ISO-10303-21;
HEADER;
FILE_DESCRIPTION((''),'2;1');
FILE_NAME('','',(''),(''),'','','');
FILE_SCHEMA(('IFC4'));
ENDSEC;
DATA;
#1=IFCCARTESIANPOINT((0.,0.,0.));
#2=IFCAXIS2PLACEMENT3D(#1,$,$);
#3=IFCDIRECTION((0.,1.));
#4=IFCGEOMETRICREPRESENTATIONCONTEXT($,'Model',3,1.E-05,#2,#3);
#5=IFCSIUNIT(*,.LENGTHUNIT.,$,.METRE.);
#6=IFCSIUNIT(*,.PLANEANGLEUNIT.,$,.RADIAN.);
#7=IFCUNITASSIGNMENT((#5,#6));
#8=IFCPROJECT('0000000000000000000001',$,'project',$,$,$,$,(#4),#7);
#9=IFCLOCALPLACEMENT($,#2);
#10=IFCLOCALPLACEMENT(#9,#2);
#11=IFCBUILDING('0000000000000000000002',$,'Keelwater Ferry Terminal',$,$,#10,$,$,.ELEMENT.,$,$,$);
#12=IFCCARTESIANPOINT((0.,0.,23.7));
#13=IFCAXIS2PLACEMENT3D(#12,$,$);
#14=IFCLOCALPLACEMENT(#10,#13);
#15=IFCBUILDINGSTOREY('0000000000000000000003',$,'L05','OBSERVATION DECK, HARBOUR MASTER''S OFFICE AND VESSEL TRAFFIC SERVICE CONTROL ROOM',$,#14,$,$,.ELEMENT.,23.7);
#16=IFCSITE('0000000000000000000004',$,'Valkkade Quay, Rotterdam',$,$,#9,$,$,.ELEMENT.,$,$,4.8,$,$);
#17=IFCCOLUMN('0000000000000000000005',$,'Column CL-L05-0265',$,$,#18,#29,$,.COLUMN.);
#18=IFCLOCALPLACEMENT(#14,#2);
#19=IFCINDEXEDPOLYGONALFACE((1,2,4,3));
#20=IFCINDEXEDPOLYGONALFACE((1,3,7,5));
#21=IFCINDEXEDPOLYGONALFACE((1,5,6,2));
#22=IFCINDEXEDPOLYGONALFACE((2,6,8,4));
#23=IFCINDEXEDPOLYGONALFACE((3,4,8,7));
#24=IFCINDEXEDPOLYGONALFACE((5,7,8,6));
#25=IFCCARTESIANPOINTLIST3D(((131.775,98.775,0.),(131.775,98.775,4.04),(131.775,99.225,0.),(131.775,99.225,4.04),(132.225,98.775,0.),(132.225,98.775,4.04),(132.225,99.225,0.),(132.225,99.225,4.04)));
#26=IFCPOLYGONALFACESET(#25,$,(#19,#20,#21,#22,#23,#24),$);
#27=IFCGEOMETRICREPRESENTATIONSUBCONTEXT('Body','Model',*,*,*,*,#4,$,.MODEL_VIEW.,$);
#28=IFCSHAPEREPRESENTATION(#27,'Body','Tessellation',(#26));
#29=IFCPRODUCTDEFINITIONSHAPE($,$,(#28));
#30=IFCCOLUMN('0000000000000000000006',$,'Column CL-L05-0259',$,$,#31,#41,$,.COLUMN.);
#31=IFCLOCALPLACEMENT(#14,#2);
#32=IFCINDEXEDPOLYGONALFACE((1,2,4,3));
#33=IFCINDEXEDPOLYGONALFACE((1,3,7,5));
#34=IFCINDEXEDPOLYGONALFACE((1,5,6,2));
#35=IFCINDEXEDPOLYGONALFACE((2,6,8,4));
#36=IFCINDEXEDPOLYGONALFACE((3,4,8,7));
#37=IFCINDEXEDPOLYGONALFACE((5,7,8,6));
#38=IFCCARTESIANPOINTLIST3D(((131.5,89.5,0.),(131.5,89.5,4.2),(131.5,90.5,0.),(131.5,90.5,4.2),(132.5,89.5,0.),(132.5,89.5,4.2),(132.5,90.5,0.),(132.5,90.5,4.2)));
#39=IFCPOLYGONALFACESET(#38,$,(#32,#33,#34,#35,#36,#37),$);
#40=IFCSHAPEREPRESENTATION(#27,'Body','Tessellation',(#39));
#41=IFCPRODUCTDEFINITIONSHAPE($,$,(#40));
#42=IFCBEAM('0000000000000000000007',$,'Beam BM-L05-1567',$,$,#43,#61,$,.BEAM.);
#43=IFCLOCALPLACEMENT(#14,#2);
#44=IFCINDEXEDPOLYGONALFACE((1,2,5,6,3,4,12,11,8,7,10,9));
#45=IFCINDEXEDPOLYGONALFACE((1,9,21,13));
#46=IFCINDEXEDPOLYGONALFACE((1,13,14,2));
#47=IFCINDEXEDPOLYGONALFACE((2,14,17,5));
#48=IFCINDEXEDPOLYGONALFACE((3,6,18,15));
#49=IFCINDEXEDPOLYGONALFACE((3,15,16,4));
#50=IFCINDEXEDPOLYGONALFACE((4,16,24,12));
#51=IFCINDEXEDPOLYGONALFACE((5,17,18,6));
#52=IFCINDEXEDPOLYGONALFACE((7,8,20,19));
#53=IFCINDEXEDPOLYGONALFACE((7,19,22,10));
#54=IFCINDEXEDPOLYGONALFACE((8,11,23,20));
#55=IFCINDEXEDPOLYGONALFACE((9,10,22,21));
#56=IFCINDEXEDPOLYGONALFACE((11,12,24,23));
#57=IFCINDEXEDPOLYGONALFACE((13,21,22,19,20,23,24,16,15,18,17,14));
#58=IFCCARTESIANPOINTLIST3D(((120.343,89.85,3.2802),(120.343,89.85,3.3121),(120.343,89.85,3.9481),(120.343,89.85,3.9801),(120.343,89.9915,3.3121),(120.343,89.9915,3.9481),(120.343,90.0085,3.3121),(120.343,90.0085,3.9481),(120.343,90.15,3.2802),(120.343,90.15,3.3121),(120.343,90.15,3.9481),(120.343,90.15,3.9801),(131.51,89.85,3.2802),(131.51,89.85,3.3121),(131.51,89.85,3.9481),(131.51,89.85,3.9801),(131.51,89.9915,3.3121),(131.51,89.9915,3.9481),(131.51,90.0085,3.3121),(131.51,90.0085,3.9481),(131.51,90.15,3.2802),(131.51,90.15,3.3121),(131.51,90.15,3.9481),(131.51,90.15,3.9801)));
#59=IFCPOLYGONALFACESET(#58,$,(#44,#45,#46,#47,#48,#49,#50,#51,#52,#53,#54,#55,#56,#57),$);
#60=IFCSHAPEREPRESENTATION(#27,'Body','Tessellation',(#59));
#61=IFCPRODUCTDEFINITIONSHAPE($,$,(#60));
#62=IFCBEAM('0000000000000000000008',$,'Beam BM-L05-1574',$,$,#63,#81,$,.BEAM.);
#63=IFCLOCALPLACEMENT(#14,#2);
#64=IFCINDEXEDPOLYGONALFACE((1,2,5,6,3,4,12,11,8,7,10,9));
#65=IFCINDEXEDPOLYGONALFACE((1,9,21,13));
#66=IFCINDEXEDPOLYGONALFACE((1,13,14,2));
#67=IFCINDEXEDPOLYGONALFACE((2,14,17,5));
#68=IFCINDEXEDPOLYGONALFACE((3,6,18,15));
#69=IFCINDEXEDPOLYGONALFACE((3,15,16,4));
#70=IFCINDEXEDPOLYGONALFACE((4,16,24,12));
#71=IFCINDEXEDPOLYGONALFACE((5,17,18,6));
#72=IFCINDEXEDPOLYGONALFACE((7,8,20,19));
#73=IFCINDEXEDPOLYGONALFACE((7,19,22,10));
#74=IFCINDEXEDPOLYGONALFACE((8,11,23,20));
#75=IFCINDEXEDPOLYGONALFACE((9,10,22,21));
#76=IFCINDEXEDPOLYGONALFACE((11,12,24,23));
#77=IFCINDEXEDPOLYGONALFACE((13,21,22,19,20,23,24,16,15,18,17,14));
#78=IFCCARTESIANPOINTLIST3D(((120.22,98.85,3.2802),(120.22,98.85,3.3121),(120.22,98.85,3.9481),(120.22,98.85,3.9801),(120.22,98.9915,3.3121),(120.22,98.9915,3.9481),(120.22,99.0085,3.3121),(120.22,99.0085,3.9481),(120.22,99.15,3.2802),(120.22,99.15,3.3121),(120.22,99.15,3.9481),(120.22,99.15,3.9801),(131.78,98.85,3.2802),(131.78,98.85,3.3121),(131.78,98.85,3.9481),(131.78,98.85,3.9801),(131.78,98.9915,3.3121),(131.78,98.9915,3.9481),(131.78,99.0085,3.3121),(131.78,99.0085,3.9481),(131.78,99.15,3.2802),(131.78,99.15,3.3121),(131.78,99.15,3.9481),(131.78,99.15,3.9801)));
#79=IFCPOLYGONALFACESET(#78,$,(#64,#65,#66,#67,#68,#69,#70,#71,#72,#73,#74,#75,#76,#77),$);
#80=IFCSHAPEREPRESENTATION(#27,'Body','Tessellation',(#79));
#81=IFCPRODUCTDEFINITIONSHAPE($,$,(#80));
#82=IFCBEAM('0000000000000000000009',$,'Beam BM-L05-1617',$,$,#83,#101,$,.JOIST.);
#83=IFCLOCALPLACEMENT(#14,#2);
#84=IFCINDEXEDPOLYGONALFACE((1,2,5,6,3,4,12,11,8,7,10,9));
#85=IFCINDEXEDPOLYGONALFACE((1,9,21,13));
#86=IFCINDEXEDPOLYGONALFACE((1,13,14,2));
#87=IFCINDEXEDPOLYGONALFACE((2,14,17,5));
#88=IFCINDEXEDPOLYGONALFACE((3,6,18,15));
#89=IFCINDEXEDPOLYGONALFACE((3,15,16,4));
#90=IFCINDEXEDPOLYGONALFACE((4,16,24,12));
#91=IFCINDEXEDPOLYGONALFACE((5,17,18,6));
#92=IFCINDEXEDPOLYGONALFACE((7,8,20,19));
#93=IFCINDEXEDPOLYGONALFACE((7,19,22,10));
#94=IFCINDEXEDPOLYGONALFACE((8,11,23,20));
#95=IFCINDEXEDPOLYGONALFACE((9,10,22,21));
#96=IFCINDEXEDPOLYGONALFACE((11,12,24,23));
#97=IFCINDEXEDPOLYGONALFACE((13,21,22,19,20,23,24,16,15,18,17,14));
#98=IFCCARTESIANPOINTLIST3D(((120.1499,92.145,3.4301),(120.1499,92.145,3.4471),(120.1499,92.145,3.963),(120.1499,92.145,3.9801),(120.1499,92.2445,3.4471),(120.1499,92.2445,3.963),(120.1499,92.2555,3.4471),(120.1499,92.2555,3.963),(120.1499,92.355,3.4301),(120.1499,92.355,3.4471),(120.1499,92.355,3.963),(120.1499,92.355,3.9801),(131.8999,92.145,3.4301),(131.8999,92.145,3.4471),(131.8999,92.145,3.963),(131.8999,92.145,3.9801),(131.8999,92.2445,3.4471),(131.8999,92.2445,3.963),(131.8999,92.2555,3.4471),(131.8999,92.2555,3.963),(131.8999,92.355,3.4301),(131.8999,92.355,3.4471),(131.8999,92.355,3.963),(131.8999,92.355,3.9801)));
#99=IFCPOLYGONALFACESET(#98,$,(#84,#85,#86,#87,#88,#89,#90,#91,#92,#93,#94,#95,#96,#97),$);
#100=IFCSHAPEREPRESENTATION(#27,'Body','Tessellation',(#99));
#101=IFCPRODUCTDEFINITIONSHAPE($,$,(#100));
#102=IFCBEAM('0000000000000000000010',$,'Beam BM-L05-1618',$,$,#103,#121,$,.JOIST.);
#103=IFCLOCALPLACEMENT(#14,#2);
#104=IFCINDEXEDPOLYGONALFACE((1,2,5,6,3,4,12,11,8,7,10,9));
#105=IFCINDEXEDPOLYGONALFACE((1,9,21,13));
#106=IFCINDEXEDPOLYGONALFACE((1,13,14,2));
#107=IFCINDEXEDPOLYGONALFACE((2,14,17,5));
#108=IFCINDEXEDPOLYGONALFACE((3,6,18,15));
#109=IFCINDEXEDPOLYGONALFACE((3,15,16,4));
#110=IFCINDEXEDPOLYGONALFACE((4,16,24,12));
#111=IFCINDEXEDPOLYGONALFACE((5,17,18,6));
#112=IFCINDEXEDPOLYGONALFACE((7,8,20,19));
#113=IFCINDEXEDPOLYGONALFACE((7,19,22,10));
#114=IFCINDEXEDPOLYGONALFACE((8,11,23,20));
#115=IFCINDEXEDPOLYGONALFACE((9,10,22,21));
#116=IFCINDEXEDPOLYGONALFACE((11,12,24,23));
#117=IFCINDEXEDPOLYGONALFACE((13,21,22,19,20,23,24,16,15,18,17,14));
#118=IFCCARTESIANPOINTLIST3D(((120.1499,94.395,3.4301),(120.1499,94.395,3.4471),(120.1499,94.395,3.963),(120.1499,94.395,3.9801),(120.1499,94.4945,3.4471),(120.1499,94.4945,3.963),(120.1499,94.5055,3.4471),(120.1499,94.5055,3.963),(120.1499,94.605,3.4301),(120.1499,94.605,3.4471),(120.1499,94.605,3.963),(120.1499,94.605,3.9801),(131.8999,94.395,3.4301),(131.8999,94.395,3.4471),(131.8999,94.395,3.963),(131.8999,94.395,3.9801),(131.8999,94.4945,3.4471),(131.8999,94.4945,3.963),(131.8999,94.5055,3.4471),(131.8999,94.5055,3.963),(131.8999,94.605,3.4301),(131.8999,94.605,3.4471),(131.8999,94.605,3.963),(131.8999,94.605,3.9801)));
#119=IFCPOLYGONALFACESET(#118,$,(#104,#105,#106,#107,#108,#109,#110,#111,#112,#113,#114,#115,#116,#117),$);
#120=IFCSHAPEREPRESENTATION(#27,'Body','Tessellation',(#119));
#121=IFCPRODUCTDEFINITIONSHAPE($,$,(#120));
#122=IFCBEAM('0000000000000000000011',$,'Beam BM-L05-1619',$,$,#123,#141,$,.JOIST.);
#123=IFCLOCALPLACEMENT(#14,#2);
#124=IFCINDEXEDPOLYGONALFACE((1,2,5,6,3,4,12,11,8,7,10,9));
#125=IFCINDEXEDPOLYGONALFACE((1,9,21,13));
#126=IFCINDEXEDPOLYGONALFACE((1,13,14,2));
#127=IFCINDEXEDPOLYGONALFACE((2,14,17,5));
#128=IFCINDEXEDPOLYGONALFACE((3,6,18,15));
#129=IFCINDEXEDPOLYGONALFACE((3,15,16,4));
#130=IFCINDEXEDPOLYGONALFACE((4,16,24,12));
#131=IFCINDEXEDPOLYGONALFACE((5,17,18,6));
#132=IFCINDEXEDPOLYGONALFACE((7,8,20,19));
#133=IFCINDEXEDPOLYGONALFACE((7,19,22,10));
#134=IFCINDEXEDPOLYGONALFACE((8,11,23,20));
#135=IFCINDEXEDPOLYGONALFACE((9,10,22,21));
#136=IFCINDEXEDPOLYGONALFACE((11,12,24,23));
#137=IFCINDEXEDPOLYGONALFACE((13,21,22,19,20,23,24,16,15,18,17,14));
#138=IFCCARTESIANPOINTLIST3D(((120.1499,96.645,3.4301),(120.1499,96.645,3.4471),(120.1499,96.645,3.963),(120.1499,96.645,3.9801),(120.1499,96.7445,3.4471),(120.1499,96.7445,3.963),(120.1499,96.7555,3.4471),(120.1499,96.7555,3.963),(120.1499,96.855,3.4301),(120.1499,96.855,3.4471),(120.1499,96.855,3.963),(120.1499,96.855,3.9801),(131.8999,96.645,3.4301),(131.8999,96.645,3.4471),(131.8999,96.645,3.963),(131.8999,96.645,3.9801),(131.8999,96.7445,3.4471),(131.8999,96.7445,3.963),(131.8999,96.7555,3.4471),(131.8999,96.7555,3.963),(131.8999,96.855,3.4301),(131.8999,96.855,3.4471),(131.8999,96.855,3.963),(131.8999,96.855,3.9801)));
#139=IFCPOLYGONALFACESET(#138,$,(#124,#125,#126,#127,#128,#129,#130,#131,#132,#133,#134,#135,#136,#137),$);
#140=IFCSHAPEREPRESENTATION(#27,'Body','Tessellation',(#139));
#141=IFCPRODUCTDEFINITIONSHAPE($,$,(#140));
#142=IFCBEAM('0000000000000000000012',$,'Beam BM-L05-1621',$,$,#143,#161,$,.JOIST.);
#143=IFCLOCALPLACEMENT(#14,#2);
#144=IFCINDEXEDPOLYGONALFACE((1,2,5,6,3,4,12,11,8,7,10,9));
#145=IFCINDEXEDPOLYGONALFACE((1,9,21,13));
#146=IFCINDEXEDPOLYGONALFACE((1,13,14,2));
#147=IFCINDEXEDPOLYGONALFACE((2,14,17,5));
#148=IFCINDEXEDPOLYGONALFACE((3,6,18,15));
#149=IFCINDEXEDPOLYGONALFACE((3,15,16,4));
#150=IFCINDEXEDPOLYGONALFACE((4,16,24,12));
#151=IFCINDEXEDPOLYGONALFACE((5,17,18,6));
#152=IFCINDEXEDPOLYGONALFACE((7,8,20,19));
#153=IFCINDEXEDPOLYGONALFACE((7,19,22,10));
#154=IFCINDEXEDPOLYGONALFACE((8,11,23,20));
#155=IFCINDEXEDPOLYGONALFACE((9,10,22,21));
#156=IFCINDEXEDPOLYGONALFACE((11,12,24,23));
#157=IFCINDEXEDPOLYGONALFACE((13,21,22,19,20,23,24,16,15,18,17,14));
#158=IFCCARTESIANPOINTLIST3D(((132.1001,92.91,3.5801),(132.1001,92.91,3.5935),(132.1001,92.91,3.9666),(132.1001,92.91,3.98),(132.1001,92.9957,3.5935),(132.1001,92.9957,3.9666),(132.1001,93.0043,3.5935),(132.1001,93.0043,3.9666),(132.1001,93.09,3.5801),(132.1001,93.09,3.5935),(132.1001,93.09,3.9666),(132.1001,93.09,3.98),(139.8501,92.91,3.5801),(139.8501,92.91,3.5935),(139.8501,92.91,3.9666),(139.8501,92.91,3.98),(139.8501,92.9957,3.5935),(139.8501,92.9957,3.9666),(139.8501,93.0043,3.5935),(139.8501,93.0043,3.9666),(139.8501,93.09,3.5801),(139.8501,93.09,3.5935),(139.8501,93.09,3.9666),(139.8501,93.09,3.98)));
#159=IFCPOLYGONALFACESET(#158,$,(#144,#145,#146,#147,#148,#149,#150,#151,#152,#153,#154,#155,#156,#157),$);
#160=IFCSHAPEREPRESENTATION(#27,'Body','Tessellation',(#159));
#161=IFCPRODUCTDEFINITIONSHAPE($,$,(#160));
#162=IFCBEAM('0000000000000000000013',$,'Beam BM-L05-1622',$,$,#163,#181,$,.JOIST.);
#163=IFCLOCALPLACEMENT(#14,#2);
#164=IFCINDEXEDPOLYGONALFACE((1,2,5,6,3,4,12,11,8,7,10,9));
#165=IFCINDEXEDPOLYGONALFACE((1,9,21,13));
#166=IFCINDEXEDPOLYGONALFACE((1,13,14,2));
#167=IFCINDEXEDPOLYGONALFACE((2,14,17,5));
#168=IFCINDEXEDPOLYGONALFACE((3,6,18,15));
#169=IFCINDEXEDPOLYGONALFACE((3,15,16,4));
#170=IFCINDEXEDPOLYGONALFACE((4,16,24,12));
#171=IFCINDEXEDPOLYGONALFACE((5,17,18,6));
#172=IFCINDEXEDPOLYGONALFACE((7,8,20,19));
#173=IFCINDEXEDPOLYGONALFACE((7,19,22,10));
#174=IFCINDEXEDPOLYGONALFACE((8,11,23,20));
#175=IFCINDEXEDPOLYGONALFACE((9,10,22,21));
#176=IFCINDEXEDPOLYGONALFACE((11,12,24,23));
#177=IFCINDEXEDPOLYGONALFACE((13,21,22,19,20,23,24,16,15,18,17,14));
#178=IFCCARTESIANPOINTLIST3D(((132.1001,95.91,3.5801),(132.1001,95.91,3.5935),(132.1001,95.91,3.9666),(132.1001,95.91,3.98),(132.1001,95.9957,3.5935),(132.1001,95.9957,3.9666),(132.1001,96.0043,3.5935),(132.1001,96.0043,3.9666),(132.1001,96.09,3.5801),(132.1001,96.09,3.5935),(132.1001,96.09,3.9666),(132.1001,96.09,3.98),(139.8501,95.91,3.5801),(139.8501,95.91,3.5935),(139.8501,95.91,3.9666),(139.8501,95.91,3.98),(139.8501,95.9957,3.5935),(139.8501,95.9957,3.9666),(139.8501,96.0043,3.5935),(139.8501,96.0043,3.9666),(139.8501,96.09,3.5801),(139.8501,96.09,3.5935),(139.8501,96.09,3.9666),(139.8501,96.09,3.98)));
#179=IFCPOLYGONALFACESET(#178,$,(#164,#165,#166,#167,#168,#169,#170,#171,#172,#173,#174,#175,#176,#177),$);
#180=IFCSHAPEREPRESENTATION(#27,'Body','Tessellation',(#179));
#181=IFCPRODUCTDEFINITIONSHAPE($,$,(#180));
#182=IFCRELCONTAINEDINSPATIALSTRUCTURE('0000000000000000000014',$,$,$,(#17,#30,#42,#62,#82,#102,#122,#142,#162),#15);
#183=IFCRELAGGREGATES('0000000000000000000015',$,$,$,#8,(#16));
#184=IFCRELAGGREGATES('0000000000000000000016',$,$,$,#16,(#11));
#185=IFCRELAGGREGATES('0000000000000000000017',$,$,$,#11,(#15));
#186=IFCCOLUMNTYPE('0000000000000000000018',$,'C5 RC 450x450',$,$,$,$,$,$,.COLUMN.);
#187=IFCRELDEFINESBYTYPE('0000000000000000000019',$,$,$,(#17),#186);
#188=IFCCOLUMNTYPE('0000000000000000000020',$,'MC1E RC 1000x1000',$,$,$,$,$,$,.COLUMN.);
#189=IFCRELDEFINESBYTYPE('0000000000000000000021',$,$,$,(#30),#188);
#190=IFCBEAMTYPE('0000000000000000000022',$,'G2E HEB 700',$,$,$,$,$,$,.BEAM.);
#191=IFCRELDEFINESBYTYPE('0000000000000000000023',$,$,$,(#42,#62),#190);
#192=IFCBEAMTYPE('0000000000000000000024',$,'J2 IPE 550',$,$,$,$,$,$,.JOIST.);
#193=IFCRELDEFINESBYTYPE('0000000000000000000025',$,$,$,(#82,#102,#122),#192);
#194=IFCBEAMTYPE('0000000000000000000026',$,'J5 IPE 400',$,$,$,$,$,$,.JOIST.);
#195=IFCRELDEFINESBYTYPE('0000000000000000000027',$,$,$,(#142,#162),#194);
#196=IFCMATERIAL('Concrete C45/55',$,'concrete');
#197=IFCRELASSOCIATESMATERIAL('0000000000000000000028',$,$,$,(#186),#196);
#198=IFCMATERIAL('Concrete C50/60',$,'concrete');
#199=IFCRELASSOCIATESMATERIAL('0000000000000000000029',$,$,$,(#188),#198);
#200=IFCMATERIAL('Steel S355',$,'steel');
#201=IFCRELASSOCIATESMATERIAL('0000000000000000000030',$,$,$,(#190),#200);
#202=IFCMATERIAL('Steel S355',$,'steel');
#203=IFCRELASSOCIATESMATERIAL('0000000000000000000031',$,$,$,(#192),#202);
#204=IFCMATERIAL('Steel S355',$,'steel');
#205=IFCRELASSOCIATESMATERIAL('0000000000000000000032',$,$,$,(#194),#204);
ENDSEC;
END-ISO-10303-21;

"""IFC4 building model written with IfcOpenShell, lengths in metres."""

from ifc_helpers import new_model, si_unit, direction, frame, origin, origin_2d, place, context, subcontext, project, spatial, rectangle, i_section, extrude, material, material_profile, profile_set, type_object, element, save


model = new_model("IFC4")

# Units and contexts
model_context = context("Model", 3, precision=1e-05, world=origin(), true_north=direction((0.0, 1.0)))
body_context = subcontext(model_context, "Body", "Model", "MODEL_VIEW")
ifc_project = project(units=[si_unit("LENGTHUNIT", "METRE"), si_unit("PLANEANGLEUNIT", "RADIAN")], contexts=[model_context])

# Site, building, storey
site_placement = place(None, origin())
site = spatial("IfcSite", under=ifc_project, at=site_placement, Name="Valkkade Quay, Rotterdam", CompositionType="ELEMENT", RefElevation=4.8)
building_placement = place(site_placement, origin())
building = spatial("IfcBuilding", under=site, at=building_placement, Name="Keelwater Ferry Terminal", CompositionType="ELEMENT")
storey_placement = place(building_placement, frame((0.0, 0.0, 23.7)))
storey = spatial("IfcBuildingStorey", under=building, at=storey_placement, Name="L05", Description="OBSERVATION DECK, HARBOUR MASTER'S OFFICE AND VESSEL TRAFFIC SERVICE CONTROL ROOM", CompositionType="ELEMENT", Elevation=23.7)

# Columns
ifc_material_1 = material(Name="Concrete C45/55", Category="concrete")
ifc_material_profile_1 = material_profile(ifc_material_1, rectangle(XDim=0.45, YDim=0.45, at=origin_2d()), Name="RC 450x450")
ifc_profile_set_1 = profile_set([ifc_material_profile_1], Name="Concrete C45/55")
column_type_1 = type_object("IfcColumnType", Name="C5 RC 450x450", PredefinedType="COLUMN", material=ifc_profile_set_1)
column_1_placement = place(storey_placement, frame((132.0, 99.0, 0.0), z_axis=(0.0, 0.0, 1.0), x_axis=(1.0, 0.0, 0.0)))
element("IfcColumn", 1, at=column_1_placement, inside=storey, type_object=column_type_1, Name="Column CL-L05-0265", PredefinedType="COLUMN", context=body_context, shape_type="SweptSolid", body=[
    extrude(rectangle(XDim=0.45, YDim=0.45, at=origin_2d()), origin(), (0.0, 0.0, 1.0), 4.04),
])
ifc_material_2 = material(Name="Concrete C50/60", Category="concrete")
ifc_material_profile_2 = material_profile(ifc_material_2, rectangle(XDim=1.0, YDim=1.0, at=origin_2d()), Name="RC 1000x1000")
ifc_profile_set_2 = profile_set([ifc_material_profile_2], Name="Concrete C50/60")
column_type_2 = type_object("IfcColumnType", Name="MC1E RC 1000x1000", PredefinedType="COLUMN", material=ifc_profile_set_2)
column_2_placement = place(storey_placement, frame((132.0, 90.0, 0.0), z_axis=(0.0, 0.0, 1.0), x_axis=(1.0, 0.0, 0.0)))
element("IfcColumn", 2, at=column_2_placement, inside=storey, type_object=column_type_2, Name="Column CL-L05-0259", PredefinedType="COLUMN", context=body_context, shape_type="SweptSolid", body=[
    extrude(rectangle(XDim=1.0, YDim=1.0, at=origin_2d()), origin(), (0.0, 0.0, 1.0), 4.2),
])

# Beams
ifc_material_3 = material(Name="Steel S355", Category="steel")
ifc_material_profile_3 = material_profile(ifc_material_3, i_section(OverallWidth=0.3, OverallDepth=0.7, WebThickness=0.0171, FlangeThickness=0.032, at=origin_2d()), Name="HEB 700")
ifc_profile_set_3 = profile_set([ifc_material_profile_3], Name="Steel S355")
beam_type_1 = type_object("IfcBeamType", Name="G2E HEB 700", PredefinedType="BEAM", material=ifc_profile_set_3)
beam_1_placement = place(storey_placement, frame((120.343, 90.0, 3.6301), z_axis=(1.0, 0.0, 0.0), x_axis=(0.0, 1.0, 0.0)))
element("IfcBeam", 3, at=beam_1_placement, inside=storey, type_object=beam_type_1, Name="Beam BM-L05-1567", PredefinedType="BEAM", context=body_context, shape_type="SweptSolid", body=[
    extrude(i_section(OverallWidth=0.3, OverallDepth=0.7, WebThickness=0.0171, FlangeThickness=0.032, at=origin_2d()), origin(), (0.0, 0.0, 1.0), 11.167),
])
beam_2_placement = place(storey_placement, frame((120.22, 99.0, 3.6301), z_axis=(1.0, 0.0, 0.0), x_axis=(0.0, 1.0, 0.0)))
element("IfcBeam", 4, at=beam_2_placement, inside=storey, type_object=beam_type_1, Name="Beam BM-L05-1574", PredefinedType="BEAM", context=body_context, shape_type="SweptSolid", body=[
    extrude(i_section(OverallWidth=0.3, OverallDepth=0.7, WebThickness=0.0171, FlangeThickness=0.032, at=origin_2d()), origin(), (0.0, 0.0, 1.0), 11.5601),
])
ifc_material_4 = material(Name="Steel S355", Category="steel")
ifc_material_profile_4 = material_profile(ifc_material_4, i_section(OverallWidth=0.21, OverallDepth=0.55, WebThickness=0.011, FlangeThickness=0.0171, at=origin_2d()), Name="IPE 550")
ifc_profile_set_4 = profile_set([ifc_material_profile_4], Name="Steel S355")
beam_type_2 = type_object("IfcBeamType", Name="J2 IPE 550", PredefinedType="JOIST", material=ifc_profile_set_4)
for number, where, z_axis, x_axis, name in (
    (5, (120.1499, 92.25, 3.7051), (1.0, 0.0, 0.0), (0.0, 1.0, 0.0), "Beam BM-L05-1617"),
    (6, (120.1499, 94.5, 3.7051), (1.0, 0.0, 0.0), (0.0, 1.0, 0.0), "Beam BM-L05-1618"),
    (7, (120.1499, 96.75, 3.7051), (1.0, 0.0, 0.0), (0.0, 1.0, 0.0), "Beam BM-L05-1619"),
):
    element("IfcBeam", number, at=place(storey_placement, frame(where, z_axis=z_axis, x_axis=x_axis)), inside=storey, type_object=beam_type_2, Name=name, PredefinedType="JOIST", context=body_context, shape_type="SweptSolid", body=[
        extrude(i_section(OverallWidth=0.21, OverallDepth=0.55, WebThickness=0.011, FlangeThickness=0.0171, at=origin_2d()), origin(), (0.0, 0.0, 1.0), 11.75),
    ])
ifc_material_5 = material(Name="Steel S355", Category="steel")
ifc_material_profile_5 = material_profile(ifc_material_5, i_section(OverallWidth=0.1799, OverallDepth=0.3999, WebThickness=0.0085, FlangeThickness=0.0134, at=origin_2d()), Name="IPE 400")
ifc_profile_set_5 = profile_set([ifc_material_profile_5], Name="Steel S355")
beam_type_3 = type_object("IfcBeamType", Name="J5 IPE 400", PredefinedType="JOIST", material=ifc_profile_set_5)
for number, where, z_axis, x_axis, name in (
    (8, (132.1001, 93.0, 3.78), (1.0, 0.0, 0.0), (0.0, 1.0, 0.0), "Beam BM-L05-1621"),
    (9, (132.1001, 96.0, 3.78), (1.0, 0.0, 0.0), (0.0, 1.0, 0.0), "Beam BM-L05-1622"),
):
    element("IfcBeam", number, at=place(storey_placement, frame(where, z_axis=z_axis, x_axis=x_axis)), inside=storey, type_object=beam_type_3, Name=name, PredefinedType="JOIST", context=body_context, shape_type="SweptSolid", body=[
        extrude(i_section(OverallWidth=0.1799, OverallDepth=0.3999, WebThickness=0.0085, FlangeThickness=0.0134, at=origin_2d()), origin(), (0.0, 0.0, 1.0), 7.75),
    ])

save(model, "model.ifc")
